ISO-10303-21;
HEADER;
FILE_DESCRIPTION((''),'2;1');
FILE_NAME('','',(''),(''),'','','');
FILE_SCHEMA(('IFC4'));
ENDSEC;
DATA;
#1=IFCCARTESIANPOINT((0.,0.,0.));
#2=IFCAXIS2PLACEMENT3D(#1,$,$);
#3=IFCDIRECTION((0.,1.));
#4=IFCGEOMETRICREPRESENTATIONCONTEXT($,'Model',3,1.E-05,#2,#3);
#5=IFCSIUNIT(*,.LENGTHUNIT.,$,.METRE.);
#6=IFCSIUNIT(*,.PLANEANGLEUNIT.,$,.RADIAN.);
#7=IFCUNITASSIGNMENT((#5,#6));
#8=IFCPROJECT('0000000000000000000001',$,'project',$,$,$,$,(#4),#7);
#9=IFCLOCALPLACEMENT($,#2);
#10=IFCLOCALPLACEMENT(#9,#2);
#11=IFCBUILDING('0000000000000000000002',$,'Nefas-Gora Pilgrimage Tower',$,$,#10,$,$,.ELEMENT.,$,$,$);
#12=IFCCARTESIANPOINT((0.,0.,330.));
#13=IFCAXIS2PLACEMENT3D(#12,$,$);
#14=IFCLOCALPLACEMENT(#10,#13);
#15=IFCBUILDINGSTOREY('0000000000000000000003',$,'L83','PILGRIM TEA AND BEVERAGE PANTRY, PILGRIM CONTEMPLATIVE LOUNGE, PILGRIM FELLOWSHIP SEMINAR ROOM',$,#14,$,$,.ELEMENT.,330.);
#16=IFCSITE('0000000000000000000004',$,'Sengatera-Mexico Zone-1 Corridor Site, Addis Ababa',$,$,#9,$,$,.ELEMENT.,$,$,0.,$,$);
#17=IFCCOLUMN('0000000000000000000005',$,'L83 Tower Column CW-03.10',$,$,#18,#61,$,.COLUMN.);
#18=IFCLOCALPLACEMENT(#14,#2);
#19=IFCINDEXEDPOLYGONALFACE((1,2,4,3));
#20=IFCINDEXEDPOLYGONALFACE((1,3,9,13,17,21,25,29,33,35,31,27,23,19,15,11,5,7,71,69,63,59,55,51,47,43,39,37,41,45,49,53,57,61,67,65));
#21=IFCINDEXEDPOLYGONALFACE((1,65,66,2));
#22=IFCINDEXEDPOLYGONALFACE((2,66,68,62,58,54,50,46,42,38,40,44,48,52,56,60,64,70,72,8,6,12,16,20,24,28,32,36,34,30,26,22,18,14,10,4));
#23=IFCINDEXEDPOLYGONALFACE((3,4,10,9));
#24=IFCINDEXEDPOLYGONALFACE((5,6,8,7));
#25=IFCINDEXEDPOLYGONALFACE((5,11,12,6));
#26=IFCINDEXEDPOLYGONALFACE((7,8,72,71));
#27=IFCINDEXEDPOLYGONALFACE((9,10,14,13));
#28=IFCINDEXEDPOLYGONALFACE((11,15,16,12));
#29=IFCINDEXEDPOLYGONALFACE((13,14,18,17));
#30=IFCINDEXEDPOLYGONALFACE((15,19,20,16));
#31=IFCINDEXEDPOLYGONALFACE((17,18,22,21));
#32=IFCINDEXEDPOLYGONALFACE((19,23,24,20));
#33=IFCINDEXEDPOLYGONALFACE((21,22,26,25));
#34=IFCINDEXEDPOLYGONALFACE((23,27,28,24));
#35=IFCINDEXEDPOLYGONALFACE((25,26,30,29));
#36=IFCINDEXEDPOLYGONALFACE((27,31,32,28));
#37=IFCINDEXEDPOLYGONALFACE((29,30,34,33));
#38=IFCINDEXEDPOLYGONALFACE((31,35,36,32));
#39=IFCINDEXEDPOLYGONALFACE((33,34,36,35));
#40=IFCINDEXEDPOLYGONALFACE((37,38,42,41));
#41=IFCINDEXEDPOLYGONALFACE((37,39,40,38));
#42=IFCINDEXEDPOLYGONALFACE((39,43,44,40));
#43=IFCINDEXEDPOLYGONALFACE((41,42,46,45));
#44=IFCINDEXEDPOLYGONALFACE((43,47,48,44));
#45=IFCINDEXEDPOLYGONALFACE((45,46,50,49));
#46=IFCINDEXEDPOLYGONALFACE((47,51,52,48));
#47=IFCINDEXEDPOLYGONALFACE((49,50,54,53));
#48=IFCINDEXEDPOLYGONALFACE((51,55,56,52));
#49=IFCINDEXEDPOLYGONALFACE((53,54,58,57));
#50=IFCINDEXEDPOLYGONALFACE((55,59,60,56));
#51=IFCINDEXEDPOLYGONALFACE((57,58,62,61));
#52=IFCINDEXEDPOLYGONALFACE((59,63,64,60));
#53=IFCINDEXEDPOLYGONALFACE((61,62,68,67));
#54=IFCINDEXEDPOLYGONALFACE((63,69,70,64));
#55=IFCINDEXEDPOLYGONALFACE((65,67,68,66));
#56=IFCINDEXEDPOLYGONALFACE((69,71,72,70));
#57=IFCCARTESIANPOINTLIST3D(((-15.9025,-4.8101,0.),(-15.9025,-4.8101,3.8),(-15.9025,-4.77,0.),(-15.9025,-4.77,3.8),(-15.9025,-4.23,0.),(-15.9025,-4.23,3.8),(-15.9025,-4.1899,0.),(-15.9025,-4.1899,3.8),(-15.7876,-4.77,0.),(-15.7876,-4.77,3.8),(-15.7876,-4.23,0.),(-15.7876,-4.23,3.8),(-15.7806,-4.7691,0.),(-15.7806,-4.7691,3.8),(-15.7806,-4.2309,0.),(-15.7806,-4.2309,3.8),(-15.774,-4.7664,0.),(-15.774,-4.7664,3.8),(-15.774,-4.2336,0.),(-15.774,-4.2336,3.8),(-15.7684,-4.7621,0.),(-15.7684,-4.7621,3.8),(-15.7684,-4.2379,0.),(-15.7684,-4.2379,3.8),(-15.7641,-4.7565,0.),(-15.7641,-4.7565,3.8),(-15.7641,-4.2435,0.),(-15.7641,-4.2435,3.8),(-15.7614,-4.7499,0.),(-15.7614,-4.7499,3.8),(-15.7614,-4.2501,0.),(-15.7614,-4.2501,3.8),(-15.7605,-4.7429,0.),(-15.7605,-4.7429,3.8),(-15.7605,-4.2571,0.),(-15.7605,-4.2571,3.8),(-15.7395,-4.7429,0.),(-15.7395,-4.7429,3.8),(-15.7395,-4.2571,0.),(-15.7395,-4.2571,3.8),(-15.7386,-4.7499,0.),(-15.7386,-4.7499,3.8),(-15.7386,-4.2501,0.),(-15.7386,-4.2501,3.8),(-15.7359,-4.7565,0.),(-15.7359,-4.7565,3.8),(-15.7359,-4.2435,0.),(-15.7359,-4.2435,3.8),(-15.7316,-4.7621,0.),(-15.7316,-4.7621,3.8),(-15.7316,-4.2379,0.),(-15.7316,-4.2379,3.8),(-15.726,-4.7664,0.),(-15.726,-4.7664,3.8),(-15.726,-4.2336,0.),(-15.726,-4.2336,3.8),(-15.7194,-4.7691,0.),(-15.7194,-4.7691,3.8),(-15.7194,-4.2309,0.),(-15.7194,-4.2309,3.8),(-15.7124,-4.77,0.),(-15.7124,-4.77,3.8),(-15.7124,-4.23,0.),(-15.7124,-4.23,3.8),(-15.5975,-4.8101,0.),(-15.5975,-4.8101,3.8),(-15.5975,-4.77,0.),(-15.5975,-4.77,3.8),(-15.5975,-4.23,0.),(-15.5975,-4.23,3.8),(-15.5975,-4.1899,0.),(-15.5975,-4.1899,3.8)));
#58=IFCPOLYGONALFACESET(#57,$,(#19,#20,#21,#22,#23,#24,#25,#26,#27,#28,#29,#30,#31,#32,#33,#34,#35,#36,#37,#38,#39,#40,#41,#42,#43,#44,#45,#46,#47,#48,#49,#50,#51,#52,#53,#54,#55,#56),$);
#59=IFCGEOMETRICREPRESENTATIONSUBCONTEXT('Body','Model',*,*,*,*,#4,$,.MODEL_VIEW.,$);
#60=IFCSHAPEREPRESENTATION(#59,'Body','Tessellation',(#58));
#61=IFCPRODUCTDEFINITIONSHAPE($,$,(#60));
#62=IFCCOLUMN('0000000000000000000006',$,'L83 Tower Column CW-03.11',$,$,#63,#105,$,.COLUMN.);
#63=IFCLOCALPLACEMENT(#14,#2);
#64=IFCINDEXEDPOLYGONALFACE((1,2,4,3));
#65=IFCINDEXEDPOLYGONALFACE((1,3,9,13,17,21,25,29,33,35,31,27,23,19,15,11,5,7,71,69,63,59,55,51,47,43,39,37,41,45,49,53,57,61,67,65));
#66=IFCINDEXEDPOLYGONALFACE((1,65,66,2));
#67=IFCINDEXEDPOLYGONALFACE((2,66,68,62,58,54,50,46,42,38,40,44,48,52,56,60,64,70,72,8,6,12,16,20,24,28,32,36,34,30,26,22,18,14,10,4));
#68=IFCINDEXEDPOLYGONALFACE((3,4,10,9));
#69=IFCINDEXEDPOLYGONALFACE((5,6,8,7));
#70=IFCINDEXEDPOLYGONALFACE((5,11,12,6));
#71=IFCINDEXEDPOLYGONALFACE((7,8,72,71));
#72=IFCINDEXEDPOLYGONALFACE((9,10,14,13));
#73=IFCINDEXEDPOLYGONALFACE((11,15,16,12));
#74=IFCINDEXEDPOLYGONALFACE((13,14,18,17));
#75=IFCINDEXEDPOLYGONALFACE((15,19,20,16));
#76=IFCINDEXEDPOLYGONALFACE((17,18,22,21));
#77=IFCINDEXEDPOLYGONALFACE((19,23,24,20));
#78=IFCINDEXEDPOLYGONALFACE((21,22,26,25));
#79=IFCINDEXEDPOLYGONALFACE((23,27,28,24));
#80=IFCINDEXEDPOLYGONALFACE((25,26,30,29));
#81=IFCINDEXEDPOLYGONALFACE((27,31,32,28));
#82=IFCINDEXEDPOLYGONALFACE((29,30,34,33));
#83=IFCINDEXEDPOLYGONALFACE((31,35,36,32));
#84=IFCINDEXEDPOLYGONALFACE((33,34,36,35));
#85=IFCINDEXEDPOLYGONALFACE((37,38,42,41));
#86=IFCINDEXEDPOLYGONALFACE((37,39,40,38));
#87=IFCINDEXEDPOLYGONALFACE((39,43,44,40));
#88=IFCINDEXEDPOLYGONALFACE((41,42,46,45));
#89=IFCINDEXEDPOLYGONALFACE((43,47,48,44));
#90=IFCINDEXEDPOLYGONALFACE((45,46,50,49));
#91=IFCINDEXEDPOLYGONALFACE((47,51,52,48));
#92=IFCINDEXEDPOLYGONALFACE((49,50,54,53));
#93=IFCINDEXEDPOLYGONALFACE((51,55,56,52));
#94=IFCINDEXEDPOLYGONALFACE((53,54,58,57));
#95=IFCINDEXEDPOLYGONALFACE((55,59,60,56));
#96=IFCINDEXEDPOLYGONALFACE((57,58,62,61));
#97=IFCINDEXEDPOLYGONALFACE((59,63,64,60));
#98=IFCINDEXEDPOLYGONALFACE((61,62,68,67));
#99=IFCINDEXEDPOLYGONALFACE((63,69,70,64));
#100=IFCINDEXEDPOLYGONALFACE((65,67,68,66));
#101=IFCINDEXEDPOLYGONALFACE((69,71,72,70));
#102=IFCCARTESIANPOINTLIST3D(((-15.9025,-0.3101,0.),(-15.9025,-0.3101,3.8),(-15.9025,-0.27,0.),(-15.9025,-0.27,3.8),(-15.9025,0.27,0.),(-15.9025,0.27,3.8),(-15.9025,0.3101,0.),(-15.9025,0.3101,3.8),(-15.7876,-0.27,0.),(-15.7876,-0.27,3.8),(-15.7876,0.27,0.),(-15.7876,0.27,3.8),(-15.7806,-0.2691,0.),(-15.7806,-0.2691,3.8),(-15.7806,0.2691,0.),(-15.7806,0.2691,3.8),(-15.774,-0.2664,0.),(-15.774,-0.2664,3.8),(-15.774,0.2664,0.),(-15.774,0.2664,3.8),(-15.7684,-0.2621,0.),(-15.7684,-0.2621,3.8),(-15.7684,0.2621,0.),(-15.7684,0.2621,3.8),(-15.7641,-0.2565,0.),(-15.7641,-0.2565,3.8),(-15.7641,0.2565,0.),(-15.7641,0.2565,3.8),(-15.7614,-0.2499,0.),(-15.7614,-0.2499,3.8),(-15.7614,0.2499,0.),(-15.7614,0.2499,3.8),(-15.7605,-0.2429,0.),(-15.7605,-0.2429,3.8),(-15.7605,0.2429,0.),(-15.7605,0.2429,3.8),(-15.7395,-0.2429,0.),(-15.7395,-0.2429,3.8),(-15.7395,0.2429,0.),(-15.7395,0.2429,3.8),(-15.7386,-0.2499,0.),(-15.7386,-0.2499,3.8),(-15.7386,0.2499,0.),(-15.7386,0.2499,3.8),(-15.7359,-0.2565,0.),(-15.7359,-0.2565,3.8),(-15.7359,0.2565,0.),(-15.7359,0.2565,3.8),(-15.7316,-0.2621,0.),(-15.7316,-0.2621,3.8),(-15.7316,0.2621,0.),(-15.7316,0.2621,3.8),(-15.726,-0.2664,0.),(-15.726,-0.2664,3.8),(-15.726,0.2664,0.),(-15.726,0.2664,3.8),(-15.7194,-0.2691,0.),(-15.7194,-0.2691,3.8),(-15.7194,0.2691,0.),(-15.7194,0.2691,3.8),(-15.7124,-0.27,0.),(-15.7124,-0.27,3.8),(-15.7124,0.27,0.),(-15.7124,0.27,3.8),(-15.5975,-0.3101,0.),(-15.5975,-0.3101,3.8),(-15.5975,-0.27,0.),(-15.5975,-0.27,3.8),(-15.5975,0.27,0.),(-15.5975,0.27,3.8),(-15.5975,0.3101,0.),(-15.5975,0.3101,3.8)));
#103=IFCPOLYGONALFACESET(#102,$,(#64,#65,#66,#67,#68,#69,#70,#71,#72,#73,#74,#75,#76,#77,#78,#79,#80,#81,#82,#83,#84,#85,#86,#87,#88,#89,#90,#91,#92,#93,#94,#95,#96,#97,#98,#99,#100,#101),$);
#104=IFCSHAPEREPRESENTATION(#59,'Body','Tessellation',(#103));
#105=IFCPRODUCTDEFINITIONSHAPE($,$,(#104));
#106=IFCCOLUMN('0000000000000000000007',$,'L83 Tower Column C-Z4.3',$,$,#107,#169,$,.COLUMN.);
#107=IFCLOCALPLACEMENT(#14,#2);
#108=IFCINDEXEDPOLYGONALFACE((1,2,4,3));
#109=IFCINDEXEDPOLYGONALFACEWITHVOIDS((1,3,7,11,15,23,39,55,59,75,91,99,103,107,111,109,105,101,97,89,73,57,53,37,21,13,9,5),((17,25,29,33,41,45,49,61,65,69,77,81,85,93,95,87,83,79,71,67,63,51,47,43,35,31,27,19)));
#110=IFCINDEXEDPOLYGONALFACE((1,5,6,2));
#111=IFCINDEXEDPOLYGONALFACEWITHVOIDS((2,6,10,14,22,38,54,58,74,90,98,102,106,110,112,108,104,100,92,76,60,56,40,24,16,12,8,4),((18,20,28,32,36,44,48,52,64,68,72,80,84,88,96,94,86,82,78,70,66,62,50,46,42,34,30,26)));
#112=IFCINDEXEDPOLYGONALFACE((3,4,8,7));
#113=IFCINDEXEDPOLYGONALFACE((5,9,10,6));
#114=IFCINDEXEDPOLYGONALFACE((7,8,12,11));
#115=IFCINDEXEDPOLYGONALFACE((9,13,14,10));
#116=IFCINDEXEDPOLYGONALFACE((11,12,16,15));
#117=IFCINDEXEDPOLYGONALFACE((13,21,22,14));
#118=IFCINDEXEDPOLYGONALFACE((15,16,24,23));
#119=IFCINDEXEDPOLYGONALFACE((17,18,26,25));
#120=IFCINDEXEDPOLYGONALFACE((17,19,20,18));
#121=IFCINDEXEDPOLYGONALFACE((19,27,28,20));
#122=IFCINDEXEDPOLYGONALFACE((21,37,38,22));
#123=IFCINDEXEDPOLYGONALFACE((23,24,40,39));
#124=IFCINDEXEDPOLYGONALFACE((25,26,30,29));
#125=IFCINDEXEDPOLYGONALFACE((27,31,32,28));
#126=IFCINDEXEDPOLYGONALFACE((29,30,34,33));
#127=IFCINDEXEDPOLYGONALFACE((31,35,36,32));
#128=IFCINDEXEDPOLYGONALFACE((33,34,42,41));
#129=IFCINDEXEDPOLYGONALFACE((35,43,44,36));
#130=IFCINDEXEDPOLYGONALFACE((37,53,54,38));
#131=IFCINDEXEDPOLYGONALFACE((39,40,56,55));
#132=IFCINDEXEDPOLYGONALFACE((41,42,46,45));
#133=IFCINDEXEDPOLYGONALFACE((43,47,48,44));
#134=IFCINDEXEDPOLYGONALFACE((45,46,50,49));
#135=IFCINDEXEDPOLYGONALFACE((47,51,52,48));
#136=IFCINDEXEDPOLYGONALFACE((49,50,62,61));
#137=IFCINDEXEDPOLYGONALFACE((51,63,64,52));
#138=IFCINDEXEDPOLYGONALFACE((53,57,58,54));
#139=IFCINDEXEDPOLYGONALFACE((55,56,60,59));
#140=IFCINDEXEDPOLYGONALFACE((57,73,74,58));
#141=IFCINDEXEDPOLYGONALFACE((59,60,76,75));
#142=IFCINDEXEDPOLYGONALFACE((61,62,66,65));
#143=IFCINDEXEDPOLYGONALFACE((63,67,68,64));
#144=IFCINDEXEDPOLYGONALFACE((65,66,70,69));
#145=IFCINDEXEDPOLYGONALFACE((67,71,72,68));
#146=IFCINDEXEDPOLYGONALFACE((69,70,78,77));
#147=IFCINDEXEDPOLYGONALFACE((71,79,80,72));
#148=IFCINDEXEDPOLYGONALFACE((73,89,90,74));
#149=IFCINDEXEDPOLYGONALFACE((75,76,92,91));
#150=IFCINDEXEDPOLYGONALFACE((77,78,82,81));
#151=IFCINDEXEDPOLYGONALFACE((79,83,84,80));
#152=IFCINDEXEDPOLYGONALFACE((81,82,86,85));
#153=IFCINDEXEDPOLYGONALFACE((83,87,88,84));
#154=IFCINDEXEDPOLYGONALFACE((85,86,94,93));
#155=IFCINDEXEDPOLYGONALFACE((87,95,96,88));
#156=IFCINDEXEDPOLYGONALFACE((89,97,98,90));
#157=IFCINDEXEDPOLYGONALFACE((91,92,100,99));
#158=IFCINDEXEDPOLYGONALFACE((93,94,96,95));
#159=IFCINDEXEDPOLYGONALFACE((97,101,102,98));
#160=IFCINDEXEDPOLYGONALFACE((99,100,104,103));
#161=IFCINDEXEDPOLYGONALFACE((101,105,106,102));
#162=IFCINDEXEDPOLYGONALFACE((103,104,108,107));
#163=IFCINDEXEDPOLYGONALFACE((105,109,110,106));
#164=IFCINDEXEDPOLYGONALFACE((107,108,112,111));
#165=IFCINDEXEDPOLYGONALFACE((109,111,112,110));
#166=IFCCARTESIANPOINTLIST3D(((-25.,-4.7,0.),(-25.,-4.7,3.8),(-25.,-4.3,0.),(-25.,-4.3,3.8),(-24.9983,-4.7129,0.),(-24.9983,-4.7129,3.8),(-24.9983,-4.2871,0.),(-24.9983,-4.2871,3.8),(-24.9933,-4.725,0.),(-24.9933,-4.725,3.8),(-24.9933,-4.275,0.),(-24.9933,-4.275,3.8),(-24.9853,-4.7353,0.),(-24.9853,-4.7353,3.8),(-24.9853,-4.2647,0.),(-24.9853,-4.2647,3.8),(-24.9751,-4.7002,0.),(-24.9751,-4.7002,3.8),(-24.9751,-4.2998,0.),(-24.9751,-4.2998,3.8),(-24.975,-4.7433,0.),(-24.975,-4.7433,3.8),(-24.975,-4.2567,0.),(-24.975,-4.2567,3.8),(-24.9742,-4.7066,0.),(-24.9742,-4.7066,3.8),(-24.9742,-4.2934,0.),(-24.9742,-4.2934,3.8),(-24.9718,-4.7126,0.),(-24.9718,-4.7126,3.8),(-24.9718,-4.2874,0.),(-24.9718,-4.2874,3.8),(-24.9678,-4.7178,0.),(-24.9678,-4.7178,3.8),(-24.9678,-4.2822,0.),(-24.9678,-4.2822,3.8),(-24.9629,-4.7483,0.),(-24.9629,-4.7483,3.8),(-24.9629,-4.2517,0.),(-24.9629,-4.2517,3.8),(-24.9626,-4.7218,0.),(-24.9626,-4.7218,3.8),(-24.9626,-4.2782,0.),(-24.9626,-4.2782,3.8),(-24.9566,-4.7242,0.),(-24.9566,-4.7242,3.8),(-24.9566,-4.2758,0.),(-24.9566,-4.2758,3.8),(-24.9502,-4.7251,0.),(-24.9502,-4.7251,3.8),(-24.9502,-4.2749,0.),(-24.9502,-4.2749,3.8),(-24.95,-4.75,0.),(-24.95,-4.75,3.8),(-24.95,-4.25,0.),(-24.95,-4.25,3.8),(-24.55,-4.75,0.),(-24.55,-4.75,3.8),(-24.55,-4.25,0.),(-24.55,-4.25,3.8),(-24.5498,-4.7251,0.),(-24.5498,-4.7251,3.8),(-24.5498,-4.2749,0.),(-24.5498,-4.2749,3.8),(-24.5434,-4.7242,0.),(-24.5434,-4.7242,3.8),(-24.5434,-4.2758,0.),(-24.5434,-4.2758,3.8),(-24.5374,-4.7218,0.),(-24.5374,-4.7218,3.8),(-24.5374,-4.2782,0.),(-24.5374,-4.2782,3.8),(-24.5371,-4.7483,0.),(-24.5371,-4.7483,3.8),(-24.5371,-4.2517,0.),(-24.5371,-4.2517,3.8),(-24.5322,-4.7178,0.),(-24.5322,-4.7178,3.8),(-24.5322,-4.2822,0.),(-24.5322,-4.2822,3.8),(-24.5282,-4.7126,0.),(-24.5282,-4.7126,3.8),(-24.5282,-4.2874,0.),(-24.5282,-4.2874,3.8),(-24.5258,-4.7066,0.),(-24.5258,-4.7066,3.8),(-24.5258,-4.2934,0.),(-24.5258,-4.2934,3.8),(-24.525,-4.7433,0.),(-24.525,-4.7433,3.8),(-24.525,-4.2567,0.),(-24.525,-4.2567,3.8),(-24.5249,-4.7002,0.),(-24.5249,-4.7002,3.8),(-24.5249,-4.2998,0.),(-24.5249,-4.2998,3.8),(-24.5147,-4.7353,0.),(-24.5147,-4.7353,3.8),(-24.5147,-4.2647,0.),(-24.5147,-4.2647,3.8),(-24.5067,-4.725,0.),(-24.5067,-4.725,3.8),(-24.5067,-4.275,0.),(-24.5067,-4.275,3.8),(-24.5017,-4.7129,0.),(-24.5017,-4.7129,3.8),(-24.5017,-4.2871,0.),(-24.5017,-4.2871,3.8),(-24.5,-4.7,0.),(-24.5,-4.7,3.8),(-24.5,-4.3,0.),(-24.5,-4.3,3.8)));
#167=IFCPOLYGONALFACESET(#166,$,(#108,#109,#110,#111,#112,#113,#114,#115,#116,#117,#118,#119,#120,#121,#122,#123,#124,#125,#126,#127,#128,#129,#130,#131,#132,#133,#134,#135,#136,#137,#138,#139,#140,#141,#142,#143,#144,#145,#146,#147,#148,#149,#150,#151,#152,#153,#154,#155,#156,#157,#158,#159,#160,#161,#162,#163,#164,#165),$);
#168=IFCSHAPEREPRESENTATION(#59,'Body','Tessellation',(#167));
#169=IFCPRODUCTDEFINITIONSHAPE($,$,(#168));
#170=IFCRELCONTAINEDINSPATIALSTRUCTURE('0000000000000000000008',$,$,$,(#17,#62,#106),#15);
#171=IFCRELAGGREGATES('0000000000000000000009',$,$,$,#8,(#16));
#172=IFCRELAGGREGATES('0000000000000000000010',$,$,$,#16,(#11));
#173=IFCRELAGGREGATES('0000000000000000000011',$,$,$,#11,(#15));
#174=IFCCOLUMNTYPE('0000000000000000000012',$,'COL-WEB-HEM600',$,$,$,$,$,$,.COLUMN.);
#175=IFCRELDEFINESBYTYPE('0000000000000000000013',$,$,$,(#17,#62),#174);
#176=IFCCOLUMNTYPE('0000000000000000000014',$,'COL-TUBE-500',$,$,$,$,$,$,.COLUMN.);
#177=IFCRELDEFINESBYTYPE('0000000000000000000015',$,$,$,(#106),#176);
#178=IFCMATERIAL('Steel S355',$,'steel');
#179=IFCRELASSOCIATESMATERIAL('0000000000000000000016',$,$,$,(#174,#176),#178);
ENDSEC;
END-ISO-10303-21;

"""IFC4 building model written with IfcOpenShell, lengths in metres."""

from ifc_helpers import new_model, si_unit, direction, frame, origin, origin_2d, place, context, subcontext, project, spatial, hollow_rectangle, i_section, extrude, source, transform, mapped, material, material_profile, profile_set, type_object, element, save


model = new_model("IFC4")

# Units and contexts
model_context = context("Model", 3, precision=1e-05, world=origin(), true_north=direction((0.0, 1.0)))
body_context = subcontext(model_context, "Body", "Model", "MODEL_VIEW")
ifc_project = project(units=[si_unit("LENGTHUNIT", "METRE"), si_unit("PLANEANGLEUNIT", "RADIAN")], contexts=[model_context])

# Site, building, storey
site_placement = place(None, origin())
site = spatial("IfcSite", under=ifc_project, at=site_placement, Name="Sengatera-Mexico Zone-1 Corridor Site, Addis Ababa", CompositionType="ELEMENT", RefElevation=0.0)
building_placement = place(site_placement, origin())
building = spatial("IfcBuilding", under=site, at=building_placement, Name="Nefas-Gora Pilgrimage Tower", CompositionType="ELEMENT")
storey_placement = place(building_placement, frame((0.0, 0.0, 330.0)))
storey = spatial("IfcBuildingStorey", under=building, at=storey_placement, Name="L83", Description="PILGRIM TEA AND BEVERAGE PANTRY, PILGRIM CONTEMPLATIVE LOUNGE, PILGRIM FELLOWSHIP SEMINAR ROOM", CompositionType="ELEMENT", Elevation=330.0)

# Columns
ifc_material_1 = material(Name="Steel S355", Category="steel")
ifc_material_profile_1 = material_profile(ifc_material_1, i_section(OverallWidth=0.3049, OverallDepth=0.6201, WebThickness=0.021, FlangeThickness=0.04, FilletRadius=0.0271, at=origin_2d()), Name="HEM 600")
ifc_profile_set_1 = profile_set([ifc_material_profile_1], Name="Steel S355")
column_type_1 = type_object("IfcColumnType", Name="COL-WEB-HEM600", PredefinedType="COLUMN", material=ifc_profile_set_1)
shared_shape_1 = source(origin(), body_context, "Body", "SweptSolid", [
    extrude(i_section(OverallWidth=0.3049, OverallDepth=0.6201, WebThickness=0.021, FlangeThickness=0.04, FilletRadius=0.0271, at=origin_2d()), origin(), (0.0, 0.0, 1.0), 3.8),
])
for number, where, z_axis, x_axis, name in (
    (1, (-15.75, -4.5, 0.0), (0.0, 0.0, 1.0), (1.0, 0.0, 0.0), "L83 Tower Column CW-03.10"),
    (2, (-15.75, 0.0, 0.0), (0.0, 0.0, 1.0), (1.0, 0.0, 0.0), "L83 Tower Column CW-03.11"),
):
    element("IfcColumn", number, at=place(storey_placement, frame(where, z_axis=z_axis, x_axis=x_axis)), inside=storey, type_object=column_type_1, Name=name, PredefinedType="COLUMN", context=body_context, shape_type="MappedRepresentation", body=[
        mapped(shared_shape_1, transform((0.0, 0.0, 0.0), x_axis=(1.0, 0.0, 0.0), y_axis=(0.0, 1.0, 0.0), z_axis=(0.0, 0.0, 1.0), scale=1.0)),
    ])
ifc_material_profile_2 = material_profile(ifc_material_1, hollow_rectangle(XDim=0.5, YDim=0.5, WallThickness=0.0249, InnerFilletRadius=0.0249, OuterFilletRadius=0.05, at=origin_2d()), Name="SHS 500x500x25")
ifc_profile_set_2 = profile_set([ifc_material_profile_2], Name="Steel S355")
column_type_2 = type_object("IfcColumnType", Name="COL-TUBE-500", PredefinedType="COLUMN", material=ifc_profile_set_2)
shared_shape_2 = source(origin(), body_context, "Body", "SweptSolid", [
    extrude(hollow_rectangle(XDim=0.5, YDim=0.5, WallThickness=0.0249, InnerFilletRadius=0.0249, OuterFilletRadius=0.05, at=origin_2d()), origin(), (0.0, 0.0, 1.0), 3.8),
])
for number, where, z_axis, x_axis, name in (
    (3, (-24.75, -4.5, 0.0), (0.0, 0.0, 1.0), (1.0, 0.0, 0.0), "L83 Tower Column C-Z4.3"),
):
    element("IfcColumn", number, at=place(storey_placement, frame(where, z_axis=z_axis, x_axis=x_axis)), inside=storey, type_object=column_type_2, Name=name, PredefinedType="COLUMN", context=body_context, shape_type="MappedRepresentation", body=[
        mapped(shared_shape_2, transform((0.0, 0.0, 0.0), x_axis=(1.0, 0.0, 0.0), y_axis=(0.0, 1.0, 0.0), z_axis=(0.0, 0.0, 1.0), scale=1.0)),
    ])

save(model, "model.ifc")
